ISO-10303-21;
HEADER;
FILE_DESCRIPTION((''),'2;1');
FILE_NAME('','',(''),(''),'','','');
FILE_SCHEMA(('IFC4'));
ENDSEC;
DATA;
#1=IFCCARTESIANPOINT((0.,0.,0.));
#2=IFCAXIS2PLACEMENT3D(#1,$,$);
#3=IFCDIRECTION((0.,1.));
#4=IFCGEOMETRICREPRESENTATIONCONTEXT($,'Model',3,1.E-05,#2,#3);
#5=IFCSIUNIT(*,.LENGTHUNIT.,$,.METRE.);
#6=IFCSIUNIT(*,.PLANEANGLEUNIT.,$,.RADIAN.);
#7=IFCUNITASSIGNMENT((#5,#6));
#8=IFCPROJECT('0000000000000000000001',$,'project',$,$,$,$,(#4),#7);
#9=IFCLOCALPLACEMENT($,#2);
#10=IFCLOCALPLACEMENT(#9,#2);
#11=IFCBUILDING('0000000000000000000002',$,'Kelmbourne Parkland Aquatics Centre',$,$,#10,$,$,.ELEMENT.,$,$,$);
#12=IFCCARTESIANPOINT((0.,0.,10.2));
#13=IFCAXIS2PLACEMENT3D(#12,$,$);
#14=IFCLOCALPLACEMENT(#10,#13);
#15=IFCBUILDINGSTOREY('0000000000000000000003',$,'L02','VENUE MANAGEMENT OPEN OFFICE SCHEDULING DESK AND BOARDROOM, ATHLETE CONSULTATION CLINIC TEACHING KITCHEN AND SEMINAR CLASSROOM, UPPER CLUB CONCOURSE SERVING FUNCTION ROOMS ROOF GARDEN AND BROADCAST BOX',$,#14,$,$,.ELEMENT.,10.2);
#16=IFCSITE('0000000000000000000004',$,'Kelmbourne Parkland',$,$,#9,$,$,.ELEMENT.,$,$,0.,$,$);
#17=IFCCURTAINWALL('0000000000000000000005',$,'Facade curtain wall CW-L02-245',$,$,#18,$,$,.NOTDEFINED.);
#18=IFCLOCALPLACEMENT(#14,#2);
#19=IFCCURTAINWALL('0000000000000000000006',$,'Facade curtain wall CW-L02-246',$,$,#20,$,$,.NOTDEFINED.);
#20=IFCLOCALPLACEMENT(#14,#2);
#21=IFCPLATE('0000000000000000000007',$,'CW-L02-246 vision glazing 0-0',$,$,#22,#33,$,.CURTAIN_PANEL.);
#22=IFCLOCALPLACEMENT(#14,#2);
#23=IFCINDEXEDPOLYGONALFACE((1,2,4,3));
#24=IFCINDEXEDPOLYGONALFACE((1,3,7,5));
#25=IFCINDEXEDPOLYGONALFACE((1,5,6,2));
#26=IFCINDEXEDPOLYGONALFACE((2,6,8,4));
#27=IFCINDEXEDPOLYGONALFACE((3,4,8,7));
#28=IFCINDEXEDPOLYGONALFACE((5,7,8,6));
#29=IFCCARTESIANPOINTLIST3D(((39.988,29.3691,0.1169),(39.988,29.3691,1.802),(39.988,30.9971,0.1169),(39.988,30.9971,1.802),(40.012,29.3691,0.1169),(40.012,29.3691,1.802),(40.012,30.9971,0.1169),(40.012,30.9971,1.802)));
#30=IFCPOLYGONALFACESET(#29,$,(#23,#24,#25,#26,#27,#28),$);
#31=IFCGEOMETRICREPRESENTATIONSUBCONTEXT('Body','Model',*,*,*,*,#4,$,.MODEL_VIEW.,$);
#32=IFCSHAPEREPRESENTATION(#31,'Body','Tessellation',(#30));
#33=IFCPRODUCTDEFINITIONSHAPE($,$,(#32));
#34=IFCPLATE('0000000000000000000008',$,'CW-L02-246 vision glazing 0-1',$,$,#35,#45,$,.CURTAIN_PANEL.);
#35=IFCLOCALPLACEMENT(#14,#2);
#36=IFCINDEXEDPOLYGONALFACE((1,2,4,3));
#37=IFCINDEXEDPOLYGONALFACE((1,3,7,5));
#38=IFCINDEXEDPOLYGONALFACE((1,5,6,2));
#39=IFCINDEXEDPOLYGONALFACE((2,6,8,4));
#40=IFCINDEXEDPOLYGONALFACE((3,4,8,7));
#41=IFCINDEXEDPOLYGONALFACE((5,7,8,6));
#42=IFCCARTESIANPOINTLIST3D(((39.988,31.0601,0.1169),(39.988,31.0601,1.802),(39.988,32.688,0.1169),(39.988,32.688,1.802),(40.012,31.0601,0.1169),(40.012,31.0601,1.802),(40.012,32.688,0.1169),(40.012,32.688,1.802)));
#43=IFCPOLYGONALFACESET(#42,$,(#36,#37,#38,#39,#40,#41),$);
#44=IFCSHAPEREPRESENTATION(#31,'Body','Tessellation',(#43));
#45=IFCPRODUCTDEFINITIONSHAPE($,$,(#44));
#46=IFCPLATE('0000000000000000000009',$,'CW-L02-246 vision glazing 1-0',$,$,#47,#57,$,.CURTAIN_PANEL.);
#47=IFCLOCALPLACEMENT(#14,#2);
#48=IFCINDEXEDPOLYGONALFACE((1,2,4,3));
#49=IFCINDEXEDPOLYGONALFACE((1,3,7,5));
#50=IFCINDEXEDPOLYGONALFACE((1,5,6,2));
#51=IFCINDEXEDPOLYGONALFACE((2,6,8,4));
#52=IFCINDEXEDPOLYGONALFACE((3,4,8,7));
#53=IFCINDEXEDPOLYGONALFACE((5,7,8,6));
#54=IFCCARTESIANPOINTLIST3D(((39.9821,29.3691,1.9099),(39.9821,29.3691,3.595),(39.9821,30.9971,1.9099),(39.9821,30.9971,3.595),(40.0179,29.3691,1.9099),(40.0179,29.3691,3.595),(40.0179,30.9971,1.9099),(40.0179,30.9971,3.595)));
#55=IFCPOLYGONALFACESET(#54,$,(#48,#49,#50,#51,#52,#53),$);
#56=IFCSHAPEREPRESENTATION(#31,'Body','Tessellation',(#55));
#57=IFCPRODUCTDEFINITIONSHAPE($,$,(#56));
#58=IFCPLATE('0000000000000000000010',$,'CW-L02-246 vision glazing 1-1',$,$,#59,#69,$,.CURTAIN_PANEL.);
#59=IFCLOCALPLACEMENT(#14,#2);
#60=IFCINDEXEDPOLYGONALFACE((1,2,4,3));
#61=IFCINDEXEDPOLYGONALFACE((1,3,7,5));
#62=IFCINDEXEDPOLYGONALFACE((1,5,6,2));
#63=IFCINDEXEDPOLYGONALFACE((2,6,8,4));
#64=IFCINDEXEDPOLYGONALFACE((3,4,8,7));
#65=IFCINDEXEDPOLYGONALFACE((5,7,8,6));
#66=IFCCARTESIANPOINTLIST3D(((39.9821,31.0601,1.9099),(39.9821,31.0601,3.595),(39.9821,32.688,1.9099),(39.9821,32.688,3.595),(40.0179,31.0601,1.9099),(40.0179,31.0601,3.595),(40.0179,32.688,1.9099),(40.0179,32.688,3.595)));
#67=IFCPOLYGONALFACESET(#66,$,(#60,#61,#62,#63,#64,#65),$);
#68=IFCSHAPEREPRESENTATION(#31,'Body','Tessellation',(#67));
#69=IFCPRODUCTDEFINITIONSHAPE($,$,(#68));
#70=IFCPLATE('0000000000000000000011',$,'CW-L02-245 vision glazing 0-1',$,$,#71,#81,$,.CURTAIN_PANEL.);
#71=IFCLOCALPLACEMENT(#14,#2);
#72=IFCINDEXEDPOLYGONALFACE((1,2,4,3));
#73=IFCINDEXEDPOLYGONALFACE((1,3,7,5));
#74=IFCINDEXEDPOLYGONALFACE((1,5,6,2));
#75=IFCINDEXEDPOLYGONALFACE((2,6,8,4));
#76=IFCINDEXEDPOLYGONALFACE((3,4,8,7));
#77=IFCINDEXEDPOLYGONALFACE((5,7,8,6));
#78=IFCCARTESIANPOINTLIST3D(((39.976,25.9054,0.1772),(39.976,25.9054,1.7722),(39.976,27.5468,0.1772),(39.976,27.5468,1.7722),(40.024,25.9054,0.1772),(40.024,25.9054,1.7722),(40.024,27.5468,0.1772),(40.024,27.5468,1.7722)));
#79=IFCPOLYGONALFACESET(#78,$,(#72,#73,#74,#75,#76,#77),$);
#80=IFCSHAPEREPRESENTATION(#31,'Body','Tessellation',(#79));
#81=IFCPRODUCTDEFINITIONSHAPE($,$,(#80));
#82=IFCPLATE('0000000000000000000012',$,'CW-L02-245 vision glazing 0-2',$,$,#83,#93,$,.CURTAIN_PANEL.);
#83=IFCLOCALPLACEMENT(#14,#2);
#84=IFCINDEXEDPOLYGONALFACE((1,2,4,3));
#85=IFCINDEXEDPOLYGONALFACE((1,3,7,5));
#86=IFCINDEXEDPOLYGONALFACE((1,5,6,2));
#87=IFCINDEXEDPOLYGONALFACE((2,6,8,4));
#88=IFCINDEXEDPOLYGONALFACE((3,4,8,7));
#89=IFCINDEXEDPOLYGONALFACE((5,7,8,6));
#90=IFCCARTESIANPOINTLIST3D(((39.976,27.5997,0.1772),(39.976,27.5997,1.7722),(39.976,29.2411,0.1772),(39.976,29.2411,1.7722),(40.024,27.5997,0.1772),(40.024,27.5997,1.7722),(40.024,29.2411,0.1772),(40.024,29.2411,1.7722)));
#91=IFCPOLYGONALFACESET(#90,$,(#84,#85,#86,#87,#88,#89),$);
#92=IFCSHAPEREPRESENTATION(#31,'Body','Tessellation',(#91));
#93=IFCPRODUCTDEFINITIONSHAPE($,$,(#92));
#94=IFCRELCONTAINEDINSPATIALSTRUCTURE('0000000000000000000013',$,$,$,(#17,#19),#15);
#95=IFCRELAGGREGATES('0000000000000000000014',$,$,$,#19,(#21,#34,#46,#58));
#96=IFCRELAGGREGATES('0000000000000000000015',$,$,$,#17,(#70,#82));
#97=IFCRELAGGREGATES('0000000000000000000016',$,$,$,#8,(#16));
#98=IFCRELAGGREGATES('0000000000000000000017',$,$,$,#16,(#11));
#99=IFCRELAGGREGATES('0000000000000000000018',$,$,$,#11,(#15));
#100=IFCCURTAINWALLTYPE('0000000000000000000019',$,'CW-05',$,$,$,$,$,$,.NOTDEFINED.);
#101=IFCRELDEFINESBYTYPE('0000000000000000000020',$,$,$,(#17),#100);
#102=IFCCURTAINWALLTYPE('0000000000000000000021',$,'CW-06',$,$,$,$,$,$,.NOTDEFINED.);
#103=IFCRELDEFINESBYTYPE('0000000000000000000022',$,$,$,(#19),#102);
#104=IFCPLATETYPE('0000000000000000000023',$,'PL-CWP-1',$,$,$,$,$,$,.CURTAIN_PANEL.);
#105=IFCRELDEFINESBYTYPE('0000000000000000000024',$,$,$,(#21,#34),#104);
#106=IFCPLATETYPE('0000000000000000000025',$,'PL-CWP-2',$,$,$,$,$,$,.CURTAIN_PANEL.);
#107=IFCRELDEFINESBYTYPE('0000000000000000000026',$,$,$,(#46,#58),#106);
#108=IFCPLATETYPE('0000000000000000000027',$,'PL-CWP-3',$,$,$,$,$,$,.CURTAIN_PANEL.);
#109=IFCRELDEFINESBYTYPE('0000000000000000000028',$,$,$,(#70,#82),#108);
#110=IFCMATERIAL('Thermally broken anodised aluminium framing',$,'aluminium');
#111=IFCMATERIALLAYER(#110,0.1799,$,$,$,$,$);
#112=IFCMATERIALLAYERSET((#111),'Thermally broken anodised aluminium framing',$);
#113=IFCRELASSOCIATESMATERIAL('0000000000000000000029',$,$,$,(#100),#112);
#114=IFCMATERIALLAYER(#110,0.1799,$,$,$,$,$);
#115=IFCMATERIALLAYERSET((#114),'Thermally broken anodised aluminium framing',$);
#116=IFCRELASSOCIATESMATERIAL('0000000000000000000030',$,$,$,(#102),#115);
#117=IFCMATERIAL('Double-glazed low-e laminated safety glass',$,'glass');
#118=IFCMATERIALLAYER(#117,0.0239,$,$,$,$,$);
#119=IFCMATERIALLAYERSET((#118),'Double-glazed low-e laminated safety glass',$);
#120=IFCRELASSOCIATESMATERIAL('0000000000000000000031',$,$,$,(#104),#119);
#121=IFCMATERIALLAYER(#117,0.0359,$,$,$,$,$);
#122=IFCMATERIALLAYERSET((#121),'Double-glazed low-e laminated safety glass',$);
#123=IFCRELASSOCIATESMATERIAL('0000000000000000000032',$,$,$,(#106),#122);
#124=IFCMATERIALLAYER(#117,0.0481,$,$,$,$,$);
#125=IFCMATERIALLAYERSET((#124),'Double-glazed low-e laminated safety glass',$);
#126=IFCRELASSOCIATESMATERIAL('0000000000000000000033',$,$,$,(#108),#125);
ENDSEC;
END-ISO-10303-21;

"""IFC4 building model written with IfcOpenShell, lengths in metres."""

from ifc_helpers import new_model, si_unit, direction, frame, origin, origin_2d, place, context, subcontext, project, spatial, rectangle, extrude, material, layer, layer_set, type_object, element, aggregate, save


model = new_model("IFC4")

# Units and contexts
model_context = context("Model", 3, precision=1e-05, world=origin(), true_north=direction((0.0, 1.0)))
body_context = subcontext(model_context, "Body", "Model", "MODEL_VIEW")
ifc_project = project(units=[si_unit("LENGTHUNIT", "METRE"), si_unit("PLANEANGLEUNIT", "RADIAN")], contexts=[model_context])

# Site, building, storey
site_placement = place(None, origin())
site = spatial("IfcSite", under=ifc_project, at=site_placement, Name="Kelmbourne Parkland", CompositionType="ELEMENT", RefElevation=0.0)
building_placement = place(site_placement, origin())
building = spatial("IfcBuilding", under=site, at=building_placement, Name="Kelmbourne Parkland Aquatics Centre", CompositionType="ELEMENT")
storey_placement = place(building_placement, frame((0.0, 0.0, 10.2)))
storey = spatial("IfcBuildingStorey", under=building, at=storey_placement, Name="L02", Description="VENUE MANAGEMENT OPEN OFFICE SCHEDULING DESK AND BOARDROOM, ATHLETE CONSULTATION CLINIC TEACHING KITCHEN AND SEMINAR CLASSROOM, UPPER CLUB CONCOURSE SERVING FUNCTION ROOMS ROOF GARDEN AND BROADCAST BOX", CompositionType="ELEMENT", Elevation=10.2)

# Curtain walls
ifc_material_1 = material(Name="Thermally broken anodised aluminium framing", Category="aluminium")
ifc_layer_1 = layer(ifc_material_1, 0.1799)
ifc_layer_set_1 = layer_set([ifc_layer_1], Name="Thermally broken anodised aluminium framing")
curtain_wall_type_1 = type_object("IfcCurtainWallType", Name="CW-05", PredefinedType="NOTDEFINED", material=ifc_layer_set_1)
curtain_wall_1_placement = place(storey_placement, origin())
curtain_wall_1 = element("IfcCurtainWall", 1, at=curtain_wall_1_placement, inside=storey, type_object=curtain_wall_type_1, Name="Facade curtain wall CW-L02-245", PredefinedType="NOTDEFINED")
ifc_layer_2 = layer(ifc_material_1, 0.1799)
ifc_layer_set_2 = layer_set([ifc_layer_2], Name="Thermally broken anodised aluminium framing")
curtain_wall_type_2 = type_object("IfcCurtainWallType", Name="CW-06", PredefinedType="NOTDEFINED", material=ifc_layer_set_2)
curtain_wall_2_placement = place(storey_placement, origin())
curtain_wall_2 = element("IfcCurtainWall", 2, at=curtain_wall_2_placement, inside=storey, type_object=curtain_wall_type_2, Name="Facade curtain wall CW-L02-246", PredefinedType="NOTDEFINED")

# Plates
ifc_material_2 = material(Name="Double-glazed low-e laminated safety glass", Category="glass")
ifc_layer_3 = layer(ifc_material_2, 0.0239)
ifc_layer_set_3 = layer_set([ifc_layer_3], Name="Double-glazed low-e laminated safety glass")
plate_type_1 = type_object("IfcPlateType", Name="PL-CWP-1", PredefinedType="CURTAIN_PANEL", material=ifc_layer_set_3)
plate_1_placement = place(storey_placement, frame((40.0, 30.1831, 0.1169), z_axis=(0.0, 0.0, 1.0), x_axis=(0.0, 1.0, 0.0)))
plate_1 = element("IfcPlate", 3, at=plate_1_placement, type_object=plate_type_1, Name="CW-L02-246 vision glazing 0-0", PredefinedType="CURTAIN_PANEL", context=body_context, shape_type="SweptSolid", body=[
    extrude(rectangle(XDim=1.6279, YDim=0.0239, at=origin_2d()), origin(), (0.0, 0.0, 1.0), 1.6851),
])
plate_2_placement = place(storey_placement, frame((40.0, 31.874, 0.1169), z_axis=(0.0, 0.0, 1.0), x_axis=(0.0, 1.0, 0.0)))
plate_2 = element("IfcPlate", 4, at=plate_2_placement, type_object=plate_type_1, Name="CW-L02-246 vision glazing 0-1", PredefinedType="CURTAIN_PANEL", context=body_context, shape_type="SweptSolid", body=[
    extrude(rectangle(XDim=1.6279, YDim=0.0239, at=origin_2d()), origin(), (0.0, 0.0, 1.0), 1.6851),
])
ifc_layer_4 = layer(ifc_material_2, 0.0359)
ifc_layer_set_4 = layer_set([ifc_layer_4], Name="Double-glazed low-e laminated safety glass")
plate_type_2 = type_object("IfcPlateType", Name="PL-CWP-2", PredefinedType="CURTAIN_PANEL", material=ifc_layer_set_4)
plate_3_placement = place(storey_placement, frame((40.0, 30.1831, 1.9099), z_axis=(0.0, 0.0, 1.0), x_axis=(0.0, 1.0, 0.0)))
plate_3 = element("IfcPlate", 5, at=plate_3_placement, type_object=plate_type_2, Name="CW-L02-246 vision glazing 1-0", PredefinedType="CURTAIN_PANEL", context=body_context, shape_type="SweptSolid", body=[
    extrude(rectangle(XDim=1.6279, YDim=0.0359, at=origin_2d()), origin(), (0.0, 0.0, 1.0), 1.6851),
])
plate_4_placement = place(storey_placement, frame((40.0, 31.874, 1.9099), z_axis=(0.0, 0.0, 1.0), x_axis=(0.0, 1.0, 0.0)))
plate_4 = element("IfcPlate", 6, at=plate_4_placement, type_object=plate_type_2, Name="CW-L02-246 vision glazing 1-1", PredefinedType="CURTAIN_PANEL", context=body_context, shape_type="SweptSolid", body=[
    extrude(rectangle(XDim=1.6279, YDim=0.0359, at=origin_2d()), origin(), (0.0, 0.0, 1.0), 1.6851),
])
aggregate(curtain_wall_2, [plate_1, plate_2, plate_3, plate_4])
ifc_layer_5 = layer(ifc_material_2, 0.0481)
ifc_layer_set_5 = layer_set([ifc_layer_5], Name="Double-glazed low-e laminated safety glass")
plate_type_3 = type_object("IfcPlateType", Name="PL-CWP-3", PredefinedType="CURTAIN_PANEL", material=ifc_layer_set_5)
plate_5_placement = place(storey_placement, frame((40.0, 26.7261, 0.1772), z_axis=(0.0, 0.0, 1.0), x_axis=(0.0, 1.0, 0.0)))
plate_5 = element("IfcPlate", 7, at=plate_5_placement, type_object=plate_type_3, Name="CW-L02-245 vision glazing 0-1", PredefinedType="CURTAIN_PANEL", context=body_context, shape_type="SweptSolid", body=[
    extrude(rectangle(XDim=1.6414, YDim=0.0481, at=origin_2d()), origin(), (0.0, 0.0, 1.0), 1.595),
])
plate_6_placement = place(storey_placement, frame((40.0, 28.4204, 0.1772), z_axis=(0.0, 0.0, 1.0), x_axis=(0.0, 1.0, 0.0)))
plate_6 = element("IfcPlate", 8, at=plate_6_placement, type_object=plate_type_3, Name="CW-L02-245 vision glazing 0-2", PredefinedType="CURTAIN_PANEL", context=body_context, shape_type="SweptSolid", body=[
    extrude(rectangle(XDim=1.6414, YDim=0.0481, at=origin_2d()), origin(), (0.0, 0.0, 1.0), 1.595),
])
aggregate(curtain_wall_1, [plate_5, plate_6])

save(model, "model.ifc")
